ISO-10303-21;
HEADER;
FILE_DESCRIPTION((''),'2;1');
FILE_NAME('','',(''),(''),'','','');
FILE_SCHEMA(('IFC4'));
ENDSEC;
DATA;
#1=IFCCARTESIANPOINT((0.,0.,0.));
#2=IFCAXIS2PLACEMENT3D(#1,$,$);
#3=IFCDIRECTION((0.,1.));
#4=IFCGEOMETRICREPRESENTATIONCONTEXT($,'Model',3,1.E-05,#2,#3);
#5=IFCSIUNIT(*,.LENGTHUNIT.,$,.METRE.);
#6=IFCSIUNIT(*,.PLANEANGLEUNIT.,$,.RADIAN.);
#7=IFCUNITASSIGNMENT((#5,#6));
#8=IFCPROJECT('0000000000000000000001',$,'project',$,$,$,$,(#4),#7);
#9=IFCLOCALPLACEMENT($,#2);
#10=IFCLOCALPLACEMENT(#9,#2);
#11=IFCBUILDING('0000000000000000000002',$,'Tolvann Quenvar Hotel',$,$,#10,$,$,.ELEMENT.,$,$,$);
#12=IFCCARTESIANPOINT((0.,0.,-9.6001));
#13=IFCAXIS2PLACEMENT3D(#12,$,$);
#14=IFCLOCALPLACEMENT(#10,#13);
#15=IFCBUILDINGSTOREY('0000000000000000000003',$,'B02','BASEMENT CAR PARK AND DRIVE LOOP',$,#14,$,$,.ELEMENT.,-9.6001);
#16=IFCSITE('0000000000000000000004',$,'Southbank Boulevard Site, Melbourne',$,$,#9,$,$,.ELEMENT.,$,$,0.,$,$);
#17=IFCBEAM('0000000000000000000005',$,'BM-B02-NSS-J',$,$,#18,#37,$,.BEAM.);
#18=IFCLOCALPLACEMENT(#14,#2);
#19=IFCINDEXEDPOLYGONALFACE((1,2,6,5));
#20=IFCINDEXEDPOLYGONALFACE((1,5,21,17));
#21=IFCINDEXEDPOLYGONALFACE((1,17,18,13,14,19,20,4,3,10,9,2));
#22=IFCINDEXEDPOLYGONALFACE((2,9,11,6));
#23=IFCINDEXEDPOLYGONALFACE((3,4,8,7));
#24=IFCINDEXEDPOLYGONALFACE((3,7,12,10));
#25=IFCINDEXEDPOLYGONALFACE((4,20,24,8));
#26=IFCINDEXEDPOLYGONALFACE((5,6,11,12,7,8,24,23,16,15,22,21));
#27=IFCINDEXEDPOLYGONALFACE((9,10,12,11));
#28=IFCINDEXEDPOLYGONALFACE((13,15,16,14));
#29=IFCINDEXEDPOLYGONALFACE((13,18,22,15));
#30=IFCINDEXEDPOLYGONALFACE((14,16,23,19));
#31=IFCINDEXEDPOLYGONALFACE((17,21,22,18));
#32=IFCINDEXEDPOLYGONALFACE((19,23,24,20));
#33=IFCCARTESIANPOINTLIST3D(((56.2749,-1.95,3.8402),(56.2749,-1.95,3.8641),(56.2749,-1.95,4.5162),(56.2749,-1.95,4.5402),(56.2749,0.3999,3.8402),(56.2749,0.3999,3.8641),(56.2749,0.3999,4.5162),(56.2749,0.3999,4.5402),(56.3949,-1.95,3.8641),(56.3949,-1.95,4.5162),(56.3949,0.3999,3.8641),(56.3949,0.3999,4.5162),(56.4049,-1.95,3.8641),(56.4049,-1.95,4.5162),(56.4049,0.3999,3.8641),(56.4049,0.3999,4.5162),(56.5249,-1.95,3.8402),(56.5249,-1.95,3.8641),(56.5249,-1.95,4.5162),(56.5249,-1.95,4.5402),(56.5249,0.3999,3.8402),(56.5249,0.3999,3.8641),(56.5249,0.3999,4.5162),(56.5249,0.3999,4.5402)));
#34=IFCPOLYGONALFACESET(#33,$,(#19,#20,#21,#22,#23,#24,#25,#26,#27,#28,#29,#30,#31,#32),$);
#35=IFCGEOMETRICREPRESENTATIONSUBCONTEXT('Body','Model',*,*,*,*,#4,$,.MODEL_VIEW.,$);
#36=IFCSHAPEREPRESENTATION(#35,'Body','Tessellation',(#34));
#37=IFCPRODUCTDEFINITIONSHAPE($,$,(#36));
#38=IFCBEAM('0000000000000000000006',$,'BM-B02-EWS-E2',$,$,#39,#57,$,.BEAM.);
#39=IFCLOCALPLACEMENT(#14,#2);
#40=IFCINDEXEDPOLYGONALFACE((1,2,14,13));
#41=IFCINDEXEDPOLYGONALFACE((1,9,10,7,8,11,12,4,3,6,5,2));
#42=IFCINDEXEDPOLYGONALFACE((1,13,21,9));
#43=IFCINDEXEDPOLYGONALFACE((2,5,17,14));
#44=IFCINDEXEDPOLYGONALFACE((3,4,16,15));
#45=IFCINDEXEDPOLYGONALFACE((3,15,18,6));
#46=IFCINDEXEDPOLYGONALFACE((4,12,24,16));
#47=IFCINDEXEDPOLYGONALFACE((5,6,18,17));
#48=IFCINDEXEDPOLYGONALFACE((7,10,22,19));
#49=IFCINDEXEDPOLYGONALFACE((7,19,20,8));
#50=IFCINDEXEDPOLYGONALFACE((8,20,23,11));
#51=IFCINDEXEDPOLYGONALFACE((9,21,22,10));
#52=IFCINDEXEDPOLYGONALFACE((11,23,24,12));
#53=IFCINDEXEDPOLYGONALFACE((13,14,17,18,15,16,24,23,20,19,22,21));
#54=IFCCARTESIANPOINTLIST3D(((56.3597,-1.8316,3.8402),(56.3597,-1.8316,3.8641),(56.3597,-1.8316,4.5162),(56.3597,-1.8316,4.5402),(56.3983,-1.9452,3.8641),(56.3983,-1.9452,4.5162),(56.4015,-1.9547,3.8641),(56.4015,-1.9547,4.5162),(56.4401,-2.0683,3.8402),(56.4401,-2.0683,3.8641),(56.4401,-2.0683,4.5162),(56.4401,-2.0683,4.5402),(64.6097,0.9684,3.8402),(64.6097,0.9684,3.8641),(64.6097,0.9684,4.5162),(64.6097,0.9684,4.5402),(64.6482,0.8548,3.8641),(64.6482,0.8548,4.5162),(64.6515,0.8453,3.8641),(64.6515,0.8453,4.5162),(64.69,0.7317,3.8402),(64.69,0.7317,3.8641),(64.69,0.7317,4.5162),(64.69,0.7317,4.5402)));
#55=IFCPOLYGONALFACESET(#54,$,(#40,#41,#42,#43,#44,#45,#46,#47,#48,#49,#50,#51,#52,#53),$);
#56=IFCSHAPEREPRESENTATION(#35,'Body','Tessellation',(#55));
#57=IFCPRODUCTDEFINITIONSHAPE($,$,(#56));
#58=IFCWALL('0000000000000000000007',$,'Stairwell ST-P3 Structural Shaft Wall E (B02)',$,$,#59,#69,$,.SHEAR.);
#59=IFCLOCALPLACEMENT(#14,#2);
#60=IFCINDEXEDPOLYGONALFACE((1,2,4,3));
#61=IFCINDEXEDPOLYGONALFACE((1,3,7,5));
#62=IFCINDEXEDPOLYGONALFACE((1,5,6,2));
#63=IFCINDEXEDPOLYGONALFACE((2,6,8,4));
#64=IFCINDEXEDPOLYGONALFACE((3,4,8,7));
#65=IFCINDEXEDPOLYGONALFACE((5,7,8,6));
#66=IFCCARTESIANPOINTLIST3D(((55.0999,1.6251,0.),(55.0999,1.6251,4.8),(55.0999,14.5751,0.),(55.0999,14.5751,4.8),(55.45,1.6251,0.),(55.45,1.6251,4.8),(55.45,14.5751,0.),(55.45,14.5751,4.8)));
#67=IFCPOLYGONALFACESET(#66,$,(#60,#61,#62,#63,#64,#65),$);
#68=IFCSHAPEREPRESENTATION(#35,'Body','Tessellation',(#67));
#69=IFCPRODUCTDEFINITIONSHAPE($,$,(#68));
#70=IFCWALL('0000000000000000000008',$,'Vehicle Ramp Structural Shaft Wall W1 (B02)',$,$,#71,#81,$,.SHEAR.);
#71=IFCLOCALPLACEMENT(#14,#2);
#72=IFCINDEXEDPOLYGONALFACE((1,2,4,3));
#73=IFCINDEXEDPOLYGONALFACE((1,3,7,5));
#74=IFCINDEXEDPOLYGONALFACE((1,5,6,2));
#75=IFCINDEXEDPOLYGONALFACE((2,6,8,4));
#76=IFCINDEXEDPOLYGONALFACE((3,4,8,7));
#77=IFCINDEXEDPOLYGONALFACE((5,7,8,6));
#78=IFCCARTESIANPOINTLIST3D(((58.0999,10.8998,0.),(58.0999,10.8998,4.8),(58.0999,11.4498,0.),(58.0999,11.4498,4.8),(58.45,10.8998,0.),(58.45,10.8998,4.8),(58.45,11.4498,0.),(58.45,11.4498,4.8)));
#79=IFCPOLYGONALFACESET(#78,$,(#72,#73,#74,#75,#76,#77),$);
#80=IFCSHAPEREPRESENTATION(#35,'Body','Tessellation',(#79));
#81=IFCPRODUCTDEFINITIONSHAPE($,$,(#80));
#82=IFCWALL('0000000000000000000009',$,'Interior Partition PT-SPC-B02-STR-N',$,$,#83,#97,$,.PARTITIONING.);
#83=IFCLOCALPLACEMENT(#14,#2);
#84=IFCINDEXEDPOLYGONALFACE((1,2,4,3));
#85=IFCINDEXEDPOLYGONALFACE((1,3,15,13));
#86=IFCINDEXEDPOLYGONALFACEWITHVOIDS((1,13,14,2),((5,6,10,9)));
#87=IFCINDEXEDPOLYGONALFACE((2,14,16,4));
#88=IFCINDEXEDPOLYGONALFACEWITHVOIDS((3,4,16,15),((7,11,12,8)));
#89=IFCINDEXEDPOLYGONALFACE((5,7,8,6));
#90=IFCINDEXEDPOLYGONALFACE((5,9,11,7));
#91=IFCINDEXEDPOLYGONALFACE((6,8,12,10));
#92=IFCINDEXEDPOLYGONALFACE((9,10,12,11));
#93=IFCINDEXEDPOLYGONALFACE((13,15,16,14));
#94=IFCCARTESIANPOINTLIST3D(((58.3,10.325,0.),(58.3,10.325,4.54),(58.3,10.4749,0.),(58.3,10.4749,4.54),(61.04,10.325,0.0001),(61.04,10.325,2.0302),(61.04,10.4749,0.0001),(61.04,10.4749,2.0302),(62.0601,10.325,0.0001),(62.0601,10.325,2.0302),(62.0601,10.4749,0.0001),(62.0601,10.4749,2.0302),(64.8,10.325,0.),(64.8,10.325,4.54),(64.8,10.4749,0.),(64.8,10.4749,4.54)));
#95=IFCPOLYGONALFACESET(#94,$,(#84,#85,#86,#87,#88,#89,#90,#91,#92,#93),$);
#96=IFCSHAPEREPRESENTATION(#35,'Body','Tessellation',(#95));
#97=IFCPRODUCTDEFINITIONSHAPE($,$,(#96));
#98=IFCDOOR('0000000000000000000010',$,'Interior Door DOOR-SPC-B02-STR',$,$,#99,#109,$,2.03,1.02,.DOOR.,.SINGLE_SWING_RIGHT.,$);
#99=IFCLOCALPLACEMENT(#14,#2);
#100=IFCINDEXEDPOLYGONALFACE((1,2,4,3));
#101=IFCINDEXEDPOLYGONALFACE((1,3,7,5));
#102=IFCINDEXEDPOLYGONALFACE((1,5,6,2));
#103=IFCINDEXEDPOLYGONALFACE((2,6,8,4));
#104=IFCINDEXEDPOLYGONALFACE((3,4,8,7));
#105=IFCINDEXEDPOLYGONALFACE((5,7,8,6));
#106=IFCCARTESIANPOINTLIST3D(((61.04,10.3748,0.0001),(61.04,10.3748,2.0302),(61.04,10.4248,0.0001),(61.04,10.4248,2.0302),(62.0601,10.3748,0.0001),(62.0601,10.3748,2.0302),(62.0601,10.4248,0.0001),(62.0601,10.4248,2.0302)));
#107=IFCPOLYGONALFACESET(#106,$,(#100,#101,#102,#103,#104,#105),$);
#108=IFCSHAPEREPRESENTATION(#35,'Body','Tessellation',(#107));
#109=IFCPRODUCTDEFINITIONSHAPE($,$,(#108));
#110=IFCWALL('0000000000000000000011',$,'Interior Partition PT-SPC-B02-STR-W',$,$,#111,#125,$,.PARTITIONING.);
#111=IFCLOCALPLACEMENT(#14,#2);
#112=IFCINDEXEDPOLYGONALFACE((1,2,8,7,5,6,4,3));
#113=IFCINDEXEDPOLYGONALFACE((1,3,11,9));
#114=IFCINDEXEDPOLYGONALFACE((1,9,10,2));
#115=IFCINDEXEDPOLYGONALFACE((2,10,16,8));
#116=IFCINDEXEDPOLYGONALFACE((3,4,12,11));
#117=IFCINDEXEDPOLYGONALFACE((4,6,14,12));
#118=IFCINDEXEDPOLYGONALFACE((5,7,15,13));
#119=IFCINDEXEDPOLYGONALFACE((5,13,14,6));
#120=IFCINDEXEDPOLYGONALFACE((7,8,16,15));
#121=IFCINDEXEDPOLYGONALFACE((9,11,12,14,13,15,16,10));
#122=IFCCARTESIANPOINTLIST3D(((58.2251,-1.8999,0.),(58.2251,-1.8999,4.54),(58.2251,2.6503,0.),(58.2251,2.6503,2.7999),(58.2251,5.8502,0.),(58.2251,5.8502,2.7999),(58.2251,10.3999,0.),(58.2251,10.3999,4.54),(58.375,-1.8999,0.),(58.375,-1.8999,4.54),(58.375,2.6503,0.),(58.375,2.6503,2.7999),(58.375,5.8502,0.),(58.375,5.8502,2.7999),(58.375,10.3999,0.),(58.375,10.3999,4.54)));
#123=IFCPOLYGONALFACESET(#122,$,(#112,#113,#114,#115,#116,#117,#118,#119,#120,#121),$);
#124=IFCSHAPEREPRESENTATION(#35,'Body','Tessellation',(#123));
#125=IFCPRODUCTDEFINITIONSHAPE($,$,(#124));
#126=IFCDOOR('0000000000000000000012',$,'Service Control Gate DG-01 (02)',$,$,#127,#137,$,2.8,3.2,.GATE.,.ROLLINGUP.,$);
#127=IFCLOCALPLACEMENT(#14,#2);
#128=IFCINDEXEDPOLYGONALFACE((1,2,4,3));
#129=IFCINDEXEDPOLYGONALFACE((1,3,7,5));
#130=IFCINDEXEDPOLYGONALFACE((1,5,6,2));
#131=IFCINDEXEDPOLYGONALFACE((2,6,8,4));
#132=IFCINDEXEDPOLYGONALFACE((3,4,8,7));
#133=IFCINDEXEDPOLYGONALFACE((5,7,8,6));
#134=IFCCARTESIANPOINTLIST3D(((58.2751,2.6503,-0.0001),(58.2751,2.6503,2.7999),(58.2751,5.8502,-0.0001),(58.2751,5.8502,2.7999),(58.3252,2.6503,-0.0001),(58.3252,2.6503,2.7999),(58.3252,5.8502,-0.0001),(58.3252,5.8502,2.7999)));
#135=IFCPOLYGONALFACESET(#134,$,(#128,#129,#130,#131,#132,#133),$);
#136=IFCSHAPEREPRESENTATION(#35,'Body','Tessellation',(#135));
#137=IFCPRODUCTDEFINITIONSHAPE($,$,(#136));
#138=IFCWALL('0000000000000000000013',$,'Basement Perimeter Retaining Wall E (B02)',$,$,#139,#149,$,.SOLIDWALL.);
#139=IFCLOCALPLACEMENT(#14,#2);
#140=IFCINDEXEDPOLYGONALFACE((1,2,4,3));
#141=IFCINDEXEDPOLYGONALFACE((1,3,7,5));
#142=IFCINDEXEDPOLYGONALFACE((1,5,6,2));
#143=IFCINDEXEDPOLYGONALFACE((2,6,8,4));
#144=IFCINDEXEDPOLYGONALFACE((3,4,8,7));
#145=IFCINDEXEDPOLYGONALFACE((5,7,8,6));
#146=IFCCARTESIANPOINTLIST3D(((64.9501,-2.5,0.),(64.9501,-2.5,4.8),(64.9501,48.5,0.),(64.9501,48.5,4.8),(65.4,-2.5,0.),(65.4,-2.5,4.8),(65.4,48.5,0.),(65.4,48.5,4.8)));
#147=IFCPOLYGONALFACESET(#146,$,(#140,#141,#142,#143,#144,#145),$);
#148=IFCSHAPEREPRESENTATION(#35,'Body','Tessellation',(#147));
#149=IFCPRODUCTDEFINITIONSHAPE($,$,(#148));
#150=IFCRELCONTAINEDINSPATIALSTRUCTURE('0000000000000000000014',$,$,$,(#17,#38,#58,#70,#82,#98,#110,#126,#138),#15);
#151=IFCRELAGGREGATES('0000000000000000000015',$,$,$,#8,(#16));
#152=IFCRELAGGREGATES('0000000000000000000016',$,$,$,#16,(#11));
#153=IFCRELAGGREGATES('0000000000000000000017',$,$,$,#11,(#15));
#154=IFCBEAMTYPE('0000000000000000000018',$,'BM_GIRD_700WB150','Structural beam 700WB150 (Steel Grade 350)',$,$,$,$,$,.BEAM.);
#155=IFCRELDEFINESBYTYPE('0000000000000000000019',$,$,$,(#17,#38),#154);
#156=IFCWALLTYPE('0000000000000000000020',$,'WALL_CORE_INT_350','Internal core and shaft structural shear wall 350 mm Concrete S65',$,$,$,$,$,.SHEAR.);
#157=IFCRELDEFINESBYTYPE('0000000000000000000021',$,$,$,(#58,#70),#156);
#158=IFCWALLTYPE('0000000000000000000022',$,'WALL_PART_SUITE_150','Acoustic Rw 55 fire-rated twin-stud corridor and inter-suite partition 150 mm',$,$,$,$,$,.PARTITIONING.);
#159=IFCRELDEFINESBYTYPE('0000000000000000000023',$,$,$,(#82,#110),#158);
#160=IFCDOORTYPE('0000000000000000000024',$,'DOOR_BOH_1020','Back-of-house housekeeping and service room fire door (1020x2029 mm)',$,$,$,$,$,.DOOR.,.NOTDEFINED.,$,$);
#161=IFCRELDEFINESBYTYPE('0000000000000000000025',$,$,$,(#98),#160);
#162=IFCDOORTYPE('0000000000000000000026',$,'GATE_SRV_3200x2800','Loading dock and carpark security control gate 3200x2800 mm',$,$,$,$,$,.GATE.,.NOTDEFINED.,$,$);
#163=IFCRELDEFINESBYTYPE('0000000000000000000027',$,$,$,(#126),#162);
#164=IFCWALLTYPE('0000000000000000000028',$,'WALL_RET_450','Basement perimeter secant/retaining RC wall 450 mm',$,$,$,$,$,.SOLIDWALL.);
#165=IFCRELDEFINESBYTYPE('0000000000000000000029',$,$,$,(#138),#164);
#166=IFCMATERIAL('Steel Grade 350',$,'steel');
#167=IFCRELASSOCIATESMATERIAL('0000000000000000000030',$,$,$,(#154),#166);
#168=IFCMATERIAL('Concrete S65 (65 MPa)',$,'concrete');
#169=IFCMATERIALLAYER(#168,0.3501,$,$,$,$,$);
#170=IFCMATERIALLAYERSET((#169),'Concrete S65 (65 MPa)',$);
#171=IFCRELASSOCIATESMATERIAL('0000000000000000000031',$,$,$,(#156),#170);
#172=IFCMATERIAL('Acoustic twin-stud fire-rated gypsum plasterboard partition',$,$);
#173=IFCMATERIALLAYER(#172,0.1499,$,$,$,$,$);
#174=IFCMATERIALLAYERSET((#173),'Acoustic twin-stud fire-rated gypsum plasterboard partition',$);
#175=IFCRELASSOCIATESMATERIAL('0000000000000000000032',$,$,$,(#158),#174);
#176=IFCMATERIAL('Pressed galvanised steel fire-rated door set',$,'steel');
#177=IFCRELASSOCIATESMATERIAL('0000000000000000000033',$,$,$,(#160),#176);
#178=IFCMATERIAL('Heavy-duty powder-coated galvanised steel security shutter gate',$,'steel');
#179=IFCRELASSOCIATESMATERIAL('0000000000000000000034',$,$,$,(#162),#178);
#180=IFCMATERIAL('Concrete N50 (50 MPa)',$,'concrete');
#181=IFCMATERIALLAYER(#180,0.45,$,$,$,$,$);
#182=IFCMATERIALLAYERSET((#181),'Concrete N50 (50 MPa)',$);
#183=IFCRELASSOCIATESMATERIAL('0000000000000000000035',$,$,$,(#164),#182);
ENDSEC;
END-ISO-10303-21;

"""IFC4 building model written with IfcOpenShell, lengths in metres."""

from ifc_helpers import new_model, si_unit, direction, frame, frame_2d, origin, origin_2d, place, context, subcontext, project, spatial, rectangle, i_section, extrude, source, transform, mapped, material, layer, layer_set, material_profile, profile_set, type_object, type_shapes, element, fill, save


model = new_model("IFC4")

# Units and contexts
model_context = context("Model", 3, precision=1e-05, world=origin(), true_north=direction((0.0, 1.0)))
body_context = subcontext(model_context, "Body", "Model", "MODEL_VIEW")
ifc_project = project(units=[si_unit("LENGTHUNIT", "METRE"), si_unit("PLANEANGLEUNIT", "RADIAN")], contexts=[model_context])

# Site, building, storey
site_placement = place(None, origin())
site = spatial("IfcSite", under=ifc_project, at=site_placement, Name="Southbank Boulevard Site, Melbourne", CompositionType="ELEMENT", RefElevation=0.0)
building_placement = place(site_placement, origin())
building = spatial("IfcBuilding", under=site, at=building_placement, Name="Tolvann Quenvar Hotel", CompositionType="ELEMENT")
storey_placement = place(building_placement, frame((0.0, 0.0, -9.6001)))
storey = spatial("IfcBuildingStorey", under=building, at=storey_placement, Name="B02", Description="BASEMENT CAR PARK AND DRIVE LOOP", CompositionType="ELEMENT", Elevation=-9.6001)

# Shared definitions
ifc_material_1 = material(Name="Concrete N50 (50 MPa)", Category="concrete")

# Beams
ifc_material_2 = material(Name="Steel Grade 350", Category="steel")
ifc_material_profile_1 = material_profile(ifc_material_2, i_section(OverallWidth=0.25, OverallDepth=0.7, WebThickness=0.01, FlangeThickness=0.0239, at=origin_2d()), Name="700WB150")
ifc_profile_set_1 = profile_set([ifc_material_profile_1], Name="Steel Grade 350")
beam_type_1 = type_object("IfcBeamType", Name="BM_GIRD_700WB150", Description="Structural beam 700WB150 (Steel Grade 350)", PredefinedType="BEAM", material=ifc_profile_set_1)
shared_shape_1 = source(origin(), body_context, "Body", "SweptSolid", [
    extrude(i_section(OverallWidth=0.25, OverallDepth=0.7, WebThickness=0.01, FlangeThickness=0.0239, at=origin_2d()), origin(), (0.0, 0.0, 1.0), 2.3499),
])
beam_1_placement = place(storey_placement, frame((56.3999, -1.95, 4.1902), z_axis=(0.0, 1.0, 0.0), x_axis=(-1.0, 0.0, 0.0)))
element("IfcBeam", 1, at=beam_1_placement, inside=storey, type_object=beam_type_1, Name="BM-B02-NSS-J", PredefinedType="BEAM", context=body_context, shape_type="MappedRepresentation", body=[
    mapped(shared_shape_1, transform((0.0, 0.0, 0.0), x_axis=(1.0, 0.0, 0.0), y_axis=(0.0, 1.0, 0.0), z_axis=(0.0, 0.0, 1.0), scale=1.0)),
])
shared_shape_2 = source(origin(), body_context, "Body", "SweptSolid", [
    extrude(i_section(OverallWidth=0.25, OverallDepth=0.7, WebThickness=0.01, FlangeThickness=0.0239, at=origin_2d()), origin(), (0.0, 0.0, 1.0), 8.7122),
])
beam_2_placement = place(storey_placement, frame((56.3999, -1.95, 4.1902), z_axis=(0.946946, 0.321393, 0.0), x_axis=(-0.321393, 0.946946, 0.0)))
element("IfcBeam", 2, at=beam_2_placement, inside=storey, type_object=beam_type_1, Name="BM-B02-EWS-E2", PredefinedType="BEAM", context=body_context, shape_type="MappedRepresentation", body=[
    mapped(shared_shape_2, transform((0.0, 0.0, 0.0), x_axis=(1.0, 0.0, 0.0), y_axis=(0.0, 1.0, 0.0), z_axis=(0.0, 0.0, 1.0), scale=1.0)),
])

# Walls
ifc_material_3 = material(Name="Concrete S65 (65 MPa)", Category="concrete")
ifc_layer_1 = layer(ifc_material_3, 0.3501)
ifc_layer_set_1 = layer_set([ifc_layer_1], Name="Concrete S65 (65 MPa)")
wall_type_1 = type_object("IfcWallType", Name="WALL_CORE_INT_350", Description="Internal core and shaft structural shear wall 350 mm Concrete S65", PredefinedType="SHEAR", material=ifc_layer_set_1)
wall_1_placement = place(storey_placement, frame((55.2749, 1.625, 0.0), z_axis=(0.0, 0.0, 1.0), x_axis=(0.0, 1.0, 0.0)))
element("IfcWall", 3, at=wall_1_placement, inside=storey, type_object=wall_type_1, Name="Stairwell ST-P3 Structural Shaft Wall E (B02)", PredefinedType="SHEAR", context=body_context, shape_type="SweptSolid", body=[
    extrude(rectangle(XDim=12.95, YDim=0.3501, at=frame_2d((6.4751, 0.0))), origin(), (0.0, 0.0, 1.0), 4.8),
])
wall_2_placement = place(storey_placement, frame((58.2749, 10.8999, 0.0), z_axis=(0.0, 0.0, 1.0), x_axis=(0.0, 1.0, 0.0)))
element("IfcWall", 4, at=wall_2_placement, inside=storey, type_object=wall_type_1, Name="Vehicle Ramp Structural Shaft Wall W1 (B02)", PredefinedType="SHEAR", context=body_context, shape_type="SweptSolid", body=[
    extrude(rectangle(XDim=0.55, YDim=0.3501, at=frame_2d((0.2749, 0.0))), origin(), (0.0, 0.0, 1.0), 4.8),
])

# Walls, openings, doors
ifc_material_4 = material(Name="Acoustic twin-stud fire-rated gypsum plasterboard partition")
ifc_layer_2 = layer(ifc_material_4, 0.1499)
ifc_layer_set_2 = layer_set([ifc_layer_2], Name="Acoustic twin-stud fire-rated gypsum plasterboard partition")
wall_type_2 = type_object("IfcWallType", Name="WALL_PART_SUITE_150", Description="Acoustic Rw 55 fire-rated twin-stud corridor and inter-suite partition 150 mm", PredefinedType="PARTITIONING", material=ifc_layer_set_2)
wall_3_placement = place(storey_placement, frame((58.3, 10.3999, 0.0), z_axis=(0.0, 0.0, 1.0), x_axis=(1.0, 0.0, 0.0)))
wall_3 = element("IfcWall", 5, at=wall_3_placement, inside=storey, type_object=wall_type_2, Name="Interior Partition PT-SPC-B02-STR-N", PredefinedType="PARTITIONING", context=body_context, shape_type="SweptSolid", body=[
    extrude(rectangle(XDim=6.5, YDim=0.1499, at=frame_2d((3.25, 0.0))), origin(), (0.0, 0.0, 1.0), 4.54),
])
opening_1_placement = place(wall_3_placement, frame((2.74, 0.0, 0.0)))
opening_1 = element("IfcOpeningElement", 6, at=opening_1_placement, cuts=wall_3, PredefinedType="OPENING", context=body_context, shape_type="SweptSolid", body=[
    extrude(rectangle(XDim=1.02, YDim=2.03, at=frame_2d((0.51, 1.0151))), frame((0.0, 0.085, 0.0), z_axis=(0.0, -1.0, 0.0), x_axis=(1.0, 0.0, 0.0)), (0.0, 0.0, 1.0), 0.1699),
])
ifc_material_5 = material(Name="Pressed galvanised steel fire-rated door set", Category="steel")
door_type_1 = type_object("IfcDoorType", Name="DOOR_BOH_1020", Description="Back-of-house housekeeping and service room fire door (1020x2029 mm)", OperationType="NOTDEFINED", PredefinedType="DOOR", material=ifc_material_5)
shared_shape_3 = source(origin(), body_context, "Body", "SweptSolid", [
    extrude(rectangle(XDim=1.02, YDim=2.03, at=frame_2d((0.51, 1.0151))), frame((0.0, 0.0249, 0.0), z_axis=(0.0, -1.0, 0.0), x_axis=(1.0, 0.0, 0.0)), (0.0, 0.0, 1.0), 0.05),
])
type_shapes(door_type_1, [shared_shape_3])
door_1_placement = place(opening_1_placement, origin())
door_1 = element("IfcDoor", 7, at=door_1_placement, inside=storey, type_object=door_type_1, Name="Interior Door DOOR-SPC-B02-STR", OperationType="SINGLE_SWING_RIGHT", OverallHeight=2.03, OverallWidth=1.02, PredefinedType="DOOR", context=body_context, shape_type="MappedRepresentation", body=[
    mapped(shared_shape_3, transform((0.0, 0.0, 0.0), x_axis=(1.0, 0.0, 0.0), y_axis=(0.0, 1.0, 0.0), z_axis=(0.0, 0.0, 1.0), scale=1.0)),
])
fill(opening_1, door_1)
wall_4_placement = place(storey_placement, frame((58.3, -1.8999, 0.0), z_axis=(0.0, 0.0, 1.0), x_axis=(0.0, 1.0, 0.0)))
wall_4 = element("IfcWall", 8, at=wall_4_placement, inside=storey, type_object=wall_type_2, Name="Interior Partition PT-SPC-B02-STR-W", PredefinedType="PARTITIONING", context=body_context, shape_type="SweptSolid", body=[
    extrude(rectangle(XDim=12.2998, YDim=0.1499, at=frame_2d((6.1499, 0.0))), origin(), (0.0, 0.0, 1.0), 4.54),
])
opening_2_placement = place(wall_4_placement, frame((4.55, 0.0, 0.0)))
opening_2 = element("IfcOpeningElement", 9, at=opening_2_placement, cuts=wall_4, PredefinedType="OPENING", context=body_context, shape_type="SweptSolid", body=[
    extrude(rectangle(XDim=3.2, YDim=2.8, at=frame_2d((1.6001, 1.3999))), frame((0.0, 0.085, 0.0), z_axis=(0.0, -1.0, 0.0), x_axis=(1.0, 0.0, 0.0)), (0.0, 0.0, 1.0), 0.1699),
])
ifc_material_6 = material(Name="Heavy-duty powder-coated galvanised steel security shutter gate", Category="steel")
door_type_2 = type_object("IfcDoorType", Name="GATE_SRV_3200x2800", Description="Loading dock and carpark security control gate 3200x2800 mm", OperationType="NOTDEFINED", PredefinedType="GATE", material=ifc_material_6)
shared_shape_4 = source(origin(), body_context, "Body", "SweptSolid", [
    extrude(rectangle(XDim=3.2, YDim=2.8, at=frame_2d((1.6001, 1.3999))), frame((0.0, 0.0249, 0.0), z_axis=(0.0, -1.0, 0.0), x_axis=(1.0, 0.0, 0.0)), (0.0, 0.0, 1.0), 0.05),
])
type_shapes(door_type_2, [shared_shape_4])
door_2_placement = place(opening_2_placement, origin())
door_2 = element("IfcDoor", 10, at=door_2_placement, inside=storey, type_object=door_type_2, Name="Service Control Gate DG-01 (02)", OperationType="ROLLINGUP", OverallHeight=2.8, OverallWidth=3.2, PredefinedType="GATE", context=body_context, shape_type="MappedRepresentation", body=[
    mapped(shared_shape_4, transform((0.0, 0.0, 0.0), x_axis=(1.0, 0.0, 0.0), y_axis=(0.0, 1.0, 0.0), z_axis=(0.0, 0.0, 1.0), scale=1.0)),
])
fill(opening_2, door_2)

# Wall
ifc_layer_3 = layer(ifc_material_1, 0.45)
ifc_layer_set_3 = layer_set([ifc_layer_3], Name="Concrete N50 (50 MPa)")
wall_type_3 = type_object("IfcWallType", Name="WALL_RET_450", Description="Basement perimeter secant/retaining RC wall 450 mm", PredefinedType="SOLIDWALL", material=ifc_layer_set_3)
wall_5_placement = place(storey_placement, frame((65.175, -2.5, 0.0), z_axis=(0.0, 0.0, 1.0), x_axis=(0.0, 1.0, 0.0)))
element("IfcWall", 11, at=wall_5_placement, inside=storey, type_object=wall_type_3, Name="Basement Perimeter Retaining Wall E (B02)", PredefinedType="SOLIDWALL", context=body_context, shape_type="SweptSolid", body=[
    extrude(rectangle(XDim=51.0, YDim=0.45, at=frame_2d((25.5, 0.0))), origin(), (0.0, 0.0, 1.0), 4.8),
])

save(model, "model.ifc")
